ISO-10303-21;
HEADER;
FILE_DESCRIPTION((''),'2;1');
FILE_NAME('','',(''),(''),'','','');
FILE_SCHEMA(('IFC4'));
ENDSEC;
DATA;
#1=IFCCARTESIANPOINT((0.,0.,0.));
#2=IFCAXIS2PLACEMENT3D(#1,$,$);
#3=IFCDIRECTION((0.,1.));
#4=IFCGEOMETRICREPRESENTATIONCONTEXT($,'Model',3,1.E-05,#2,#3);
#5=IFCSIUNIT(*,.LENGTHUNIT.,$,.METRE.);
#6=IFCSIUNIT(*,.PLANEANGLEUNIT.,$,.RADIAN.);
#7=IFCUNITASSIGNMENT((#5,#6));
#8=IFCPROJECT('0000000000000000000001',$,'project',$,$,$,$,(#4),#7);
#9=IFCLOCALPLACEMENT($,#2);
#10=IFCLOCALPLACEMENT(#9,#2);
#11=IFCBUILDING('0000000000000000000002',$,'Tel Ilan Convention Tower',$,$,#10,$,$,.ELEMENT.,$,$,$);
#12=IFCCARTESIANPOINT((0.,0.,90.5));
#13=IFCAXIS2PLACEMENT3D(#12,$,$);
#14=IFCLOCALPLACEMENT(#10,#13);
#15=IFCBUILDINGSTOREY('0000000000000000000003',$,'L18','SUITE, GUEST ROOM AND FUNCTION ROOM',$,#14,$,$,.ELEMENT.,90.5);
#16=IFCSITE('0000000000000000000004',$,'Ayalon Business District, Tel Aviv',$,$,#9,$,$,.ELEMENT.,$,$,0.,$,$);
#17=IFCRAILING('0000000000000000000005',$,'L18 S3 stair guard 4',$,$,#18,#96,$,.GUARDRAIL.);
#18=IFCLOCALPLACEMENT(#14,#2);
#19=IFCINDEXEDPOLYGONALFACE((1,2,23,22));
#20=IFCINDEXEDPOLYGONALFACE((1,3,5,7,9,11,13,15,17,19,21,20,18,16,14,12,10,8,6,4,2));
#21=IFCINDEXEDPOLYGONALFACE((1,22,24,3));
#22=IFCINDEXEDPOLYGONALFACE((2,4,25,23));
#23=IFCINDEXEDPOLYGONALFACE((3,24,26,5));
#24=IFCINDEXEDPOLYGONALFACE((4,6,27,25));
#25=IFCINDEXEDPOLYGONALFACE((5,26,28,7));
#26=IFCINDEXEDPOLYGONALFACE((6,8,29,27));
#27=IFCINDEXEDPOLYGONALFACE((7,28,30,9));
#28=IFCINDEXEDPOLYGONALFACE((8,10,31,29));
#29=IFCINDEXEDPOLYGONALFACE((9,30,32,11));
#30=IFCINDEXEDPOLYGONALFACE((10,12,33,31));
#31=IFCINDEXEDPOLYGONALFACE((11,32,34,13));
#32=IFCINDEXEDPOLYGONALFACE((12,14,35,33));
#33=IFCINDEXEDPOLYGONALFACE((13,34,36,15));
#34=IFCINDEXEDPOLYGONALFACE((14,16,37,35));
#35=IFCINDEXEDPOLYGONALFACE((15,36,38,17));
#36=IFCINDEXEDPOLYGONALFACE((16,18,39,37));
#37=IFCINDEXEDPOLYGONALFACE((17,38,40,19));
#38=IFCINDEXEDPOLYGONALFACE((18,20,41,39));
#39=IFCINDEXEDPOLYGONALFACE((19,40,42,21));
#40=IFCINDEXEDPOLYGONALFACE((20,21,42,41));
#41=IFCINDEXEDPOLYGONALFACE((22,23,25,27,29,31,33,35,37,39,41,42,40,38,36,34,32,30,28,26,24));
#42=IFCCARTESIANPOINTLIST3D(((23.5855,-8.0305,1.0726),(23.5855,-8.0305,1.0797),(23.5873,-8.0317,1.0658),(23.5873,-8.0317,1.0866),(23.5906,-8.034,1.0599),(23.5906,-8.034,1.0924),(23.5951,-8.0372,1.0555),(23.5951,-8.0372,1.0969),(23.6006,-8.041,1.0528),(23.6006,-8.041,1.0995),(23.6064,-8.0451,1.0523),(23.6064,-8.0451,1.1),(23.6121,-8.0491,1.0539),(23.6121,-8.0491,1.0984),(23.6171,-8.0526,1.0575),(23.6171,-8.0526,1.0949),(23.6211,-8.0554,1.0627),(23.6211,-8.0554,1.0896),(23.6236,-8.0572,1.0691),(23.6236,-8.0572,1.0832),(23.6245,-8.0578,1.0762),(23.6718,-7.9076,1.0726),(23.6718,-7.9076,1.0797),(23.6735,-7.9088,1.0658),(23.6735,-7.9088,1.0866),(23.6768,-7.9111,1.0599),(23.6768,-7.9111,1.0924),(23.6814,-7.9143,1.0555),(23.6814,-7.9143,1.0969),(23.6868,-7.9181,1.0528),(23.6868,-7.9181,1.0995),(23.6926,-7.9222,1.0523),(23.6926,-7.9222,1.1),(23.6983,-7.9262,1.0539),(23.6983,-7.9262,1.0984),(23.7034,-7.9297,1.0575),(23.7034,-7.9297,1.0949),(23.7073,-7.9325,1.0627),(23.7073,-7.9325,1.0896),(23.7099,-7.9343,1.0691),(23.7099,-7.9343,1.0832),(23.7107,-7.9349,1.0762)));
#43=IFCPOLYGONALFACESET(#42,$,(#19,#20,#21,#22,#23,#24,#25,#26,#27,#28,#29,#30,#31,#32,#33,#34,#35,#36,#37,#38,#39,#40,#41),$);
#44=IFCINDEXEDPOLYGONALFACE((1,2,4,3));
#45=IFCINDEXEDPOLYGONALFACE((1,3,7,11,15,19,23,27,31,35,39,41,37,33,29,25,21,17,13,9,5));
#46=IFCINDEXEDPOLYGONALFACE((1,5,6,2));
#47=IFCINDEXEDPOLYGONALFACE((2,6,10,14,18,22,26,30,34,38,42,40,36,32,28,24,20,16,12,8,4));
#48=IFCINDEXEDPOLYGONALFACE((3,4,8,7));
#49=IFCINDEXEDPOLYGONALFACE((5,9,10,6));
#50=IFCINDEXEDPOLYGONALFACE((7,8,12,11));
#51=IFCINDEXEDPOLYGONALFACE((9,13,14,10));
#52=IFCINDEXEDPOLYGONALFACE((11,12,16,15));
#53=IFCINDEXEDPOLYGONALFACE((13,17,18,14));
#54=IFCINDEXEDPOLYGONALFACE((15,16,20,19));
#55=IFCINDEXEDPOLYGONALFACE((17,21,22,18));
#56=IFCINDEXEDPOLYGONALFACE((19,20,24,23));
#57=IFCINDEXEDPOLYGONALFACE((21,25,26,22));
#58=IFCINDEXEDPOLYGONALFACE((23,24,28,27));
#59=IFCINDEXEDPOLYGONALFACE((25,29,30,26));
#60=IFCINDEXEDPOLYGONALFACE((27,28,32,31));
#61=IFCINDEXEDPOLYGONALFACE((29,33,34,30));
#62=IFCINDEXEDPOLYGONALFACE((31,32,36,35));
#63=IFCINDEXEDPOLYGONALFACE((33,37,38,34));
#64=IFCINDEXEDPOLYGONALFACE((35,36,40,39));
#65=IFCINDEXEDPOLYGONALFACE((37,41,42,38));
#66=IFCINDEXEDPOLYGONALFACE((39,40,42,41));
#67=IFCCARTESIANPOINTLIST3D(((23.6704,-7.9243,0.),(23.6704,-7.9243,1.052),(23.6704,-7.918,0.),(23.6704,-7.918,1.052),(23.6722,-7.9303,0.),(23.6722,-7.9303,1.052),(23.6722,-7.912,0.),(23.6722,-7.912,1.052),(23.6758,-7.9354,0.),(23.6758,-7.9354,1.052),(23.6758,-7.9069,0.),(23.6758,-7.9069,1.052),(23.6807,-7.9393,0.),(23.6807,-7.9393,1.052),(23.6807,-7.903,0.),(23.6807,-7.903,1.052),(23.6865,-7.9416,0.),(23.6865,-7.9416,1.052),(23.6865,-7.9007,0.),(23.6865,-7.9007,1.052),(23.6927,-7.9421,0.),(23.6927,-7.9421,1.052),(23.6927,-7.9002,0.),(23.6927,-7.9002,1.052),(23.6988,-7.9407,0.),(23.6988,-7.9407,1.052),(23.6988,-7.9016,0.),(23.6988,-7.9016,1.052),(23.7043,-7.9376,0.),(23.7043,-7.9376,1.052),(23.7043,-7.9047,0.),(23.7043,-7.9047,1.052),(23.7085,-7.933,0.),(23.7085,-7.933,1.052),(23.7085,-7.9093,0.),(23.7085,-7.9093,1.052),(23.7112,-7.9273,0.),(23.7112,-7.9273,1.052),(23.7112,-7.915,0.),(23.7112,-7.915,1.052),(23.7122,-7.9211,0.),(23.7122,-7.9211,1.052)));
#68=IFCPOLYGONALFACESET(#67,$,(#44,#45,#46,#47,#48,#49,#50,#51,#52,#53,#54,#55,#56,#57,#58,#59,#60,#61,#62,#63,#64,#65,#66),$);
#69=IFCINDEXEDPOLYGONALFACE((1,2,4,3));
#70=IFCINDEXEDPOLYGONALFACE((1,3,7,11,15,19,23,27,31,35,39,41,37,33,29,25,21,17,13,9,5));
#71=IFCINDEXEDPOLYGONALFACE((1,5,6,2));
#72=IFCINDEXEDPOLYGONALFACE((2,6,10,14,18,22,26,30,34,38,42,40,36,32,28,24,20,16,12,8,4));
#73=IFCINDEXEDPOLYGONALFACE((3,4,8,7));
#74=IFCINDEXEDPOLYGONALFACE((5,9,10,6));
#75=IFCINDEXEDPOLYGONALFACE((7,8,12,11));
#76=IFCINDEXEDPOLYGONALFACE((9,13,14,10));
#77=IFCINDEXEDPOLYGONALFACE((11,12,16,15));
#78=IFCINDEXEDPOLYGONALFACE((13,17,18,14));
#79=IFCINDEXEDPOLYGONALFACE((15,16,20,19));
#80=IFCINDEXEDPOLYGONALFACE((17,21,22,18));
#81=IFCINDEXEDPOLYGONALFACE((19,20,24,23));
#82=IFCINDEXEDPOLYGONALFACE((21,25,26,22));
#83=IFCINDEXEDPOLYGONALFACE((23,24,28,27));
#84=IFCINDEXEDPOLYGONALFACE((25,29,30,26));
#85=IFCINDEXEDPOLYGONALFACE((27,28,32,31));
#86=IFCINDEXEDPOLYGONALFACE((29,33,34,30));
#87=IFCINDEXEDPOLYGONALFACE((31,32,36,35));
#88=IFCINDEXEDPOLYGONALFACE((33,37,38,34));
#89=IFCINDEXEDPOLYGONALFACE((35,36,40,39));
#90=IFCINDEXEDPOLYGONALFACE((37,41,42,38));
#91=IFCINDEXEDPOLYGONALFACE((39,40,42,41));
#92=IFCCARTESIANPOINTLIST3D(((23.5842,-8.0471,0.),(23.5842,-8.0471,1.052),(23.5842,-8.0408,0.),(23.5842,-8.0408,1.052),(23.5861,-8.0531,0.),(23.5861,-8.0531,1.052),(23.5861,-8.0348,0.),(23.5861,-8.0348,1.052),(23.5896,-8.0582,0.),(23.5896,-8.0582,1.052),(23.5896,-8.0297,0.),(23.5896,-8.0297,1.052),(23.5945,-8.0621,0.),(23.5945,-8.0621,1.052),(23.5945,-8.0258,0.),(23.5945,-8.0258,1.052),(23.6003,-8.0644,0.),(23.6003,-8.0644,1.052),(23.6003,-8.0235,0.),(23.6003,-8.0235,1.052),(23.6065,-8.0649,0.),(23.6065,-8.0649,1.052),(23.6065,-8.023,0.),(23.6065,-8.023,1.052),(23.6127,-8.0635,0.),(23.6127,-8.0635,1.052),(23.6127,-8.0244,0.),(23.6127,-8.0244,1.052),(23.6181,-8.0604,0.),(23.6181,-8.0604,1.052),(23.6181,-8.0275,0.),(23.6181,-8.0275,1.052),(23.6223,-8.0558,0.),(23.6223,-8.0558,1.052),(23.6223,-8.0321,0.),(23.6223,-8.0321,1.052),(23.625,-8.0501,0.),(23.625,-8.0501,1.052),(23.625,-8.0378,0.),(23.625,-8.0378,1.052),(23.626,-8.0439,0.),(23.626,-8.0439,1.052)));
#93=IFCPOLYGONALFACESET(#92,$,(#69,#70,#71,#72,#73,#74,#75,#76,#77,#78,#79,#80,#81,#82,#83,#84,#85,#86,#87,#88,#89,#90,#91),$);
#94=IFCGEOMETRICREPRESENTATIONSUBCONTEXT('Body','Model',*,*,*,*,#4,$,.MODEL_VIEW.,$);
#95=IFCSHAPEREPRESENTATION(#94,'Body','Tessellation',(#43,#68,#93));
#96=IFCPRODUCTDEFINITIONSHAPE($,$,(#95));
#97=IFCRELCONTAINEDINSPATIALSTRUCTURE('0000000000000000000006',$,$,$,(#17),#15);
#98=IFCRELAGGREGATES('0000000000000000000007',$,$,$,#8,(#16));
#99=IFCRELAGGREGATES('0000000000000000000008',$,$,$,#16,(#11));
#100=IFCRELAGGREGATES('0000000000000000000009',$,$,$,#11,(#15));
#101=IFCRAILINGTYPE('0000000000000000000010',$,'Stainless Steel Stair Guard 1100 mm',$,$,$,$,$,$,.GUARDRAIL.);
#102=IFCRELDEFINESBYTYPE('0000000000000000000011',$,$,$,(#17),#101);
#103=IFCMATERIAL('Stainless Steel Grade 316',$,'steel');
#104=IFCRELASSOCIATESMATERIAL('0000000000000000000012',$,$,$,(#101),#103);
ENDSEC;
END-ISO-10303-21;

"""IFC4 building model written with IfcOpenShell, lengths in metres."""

from ifc_helpers import new_model, si_unit, direction, frame, origin, origin_2d, place, context, subcontext, project, spatial, circle, extrude, material, type_object, element, save


model = new_model("IFC4")

# Units and contexts
model_context = context("Model", 3, precision=1e-05, world=origin(), true_north=direction((0.0, 1.0)))
body_context = subcontext(model_context, "Body", "Model", "MODEL_VIEW")
ifc_project = project(units=[si_unit("LENGTHUNIT", "METRE"), si_unit("PLANEANGLEUNIT", "RADIAN")], contexts=[model_context])

# Site, building, storey
site_placement = place(None, origin())
site = spatial("IfcSite", under=ifc_project, at=site_placement, Name="Ayalon Business District, Tel Aviv", CompositionType="ELEMENT", RefElevation=0.0)
building_placement = place(site_placement, origin())
building = spatial("IfcBuilding", under=site, at=building_placement, Name="Tel Ilan Convention Tower", CompositionType="ELEMENT")
storey_placement = place(building_placement, frame((0.0, 0.0, 90.5)))
storey = spatial("IfcBuildingStorey", under=building, at=storey_placement, Name="L18", Description="SUITE, GUEST ROOM AND FUNCTION ROOM", CompositionType="ELEMENT", Elevation=90.5)

# Railing
ifc_material_1 = material(Name="Stainless Steel Grade 316", Category="steel")
railing_type_1 = type_object("IfcRailingType", Name="Stainless Steel Stair Guard 1100 mm", PredefinedType="GUARDRAIL", material=ifc_material_1)
railing_1_placement = place(storey_placement, frame((23.6912, -7.9211, 0.0)))
element("IfcRailing", 1, at=railing_1_placement, inside=storey, type_object=railing_type_1, Name="L18 S3 stair guard 4", PredefinedType="GUARDRAIL", context=body_context, shape_type="SweptSolid", body=[
    extrude(circle(Radius=0.0239, at=origin_2d()), frame((0.0, 0.0, 1.0762), z_axis=(-0.574445, -0.818543, 0.0), x_axis=(0.818543, -0.574445, 0.0)), (0.0, 0.0, 1.0), 0.1501),
    extrude(circle(Radius=0.021, at=origin_2d()), origin(), (0.0, 0.0, 1.0), 1.052),
    extrude(circle(Radius=0.021, at=origin_2d()), frame((-0.0862, -0.1228, 0.0)), (0.0, 0.0, 1.0), 1.052),
])

save(model, "model.ifc")
